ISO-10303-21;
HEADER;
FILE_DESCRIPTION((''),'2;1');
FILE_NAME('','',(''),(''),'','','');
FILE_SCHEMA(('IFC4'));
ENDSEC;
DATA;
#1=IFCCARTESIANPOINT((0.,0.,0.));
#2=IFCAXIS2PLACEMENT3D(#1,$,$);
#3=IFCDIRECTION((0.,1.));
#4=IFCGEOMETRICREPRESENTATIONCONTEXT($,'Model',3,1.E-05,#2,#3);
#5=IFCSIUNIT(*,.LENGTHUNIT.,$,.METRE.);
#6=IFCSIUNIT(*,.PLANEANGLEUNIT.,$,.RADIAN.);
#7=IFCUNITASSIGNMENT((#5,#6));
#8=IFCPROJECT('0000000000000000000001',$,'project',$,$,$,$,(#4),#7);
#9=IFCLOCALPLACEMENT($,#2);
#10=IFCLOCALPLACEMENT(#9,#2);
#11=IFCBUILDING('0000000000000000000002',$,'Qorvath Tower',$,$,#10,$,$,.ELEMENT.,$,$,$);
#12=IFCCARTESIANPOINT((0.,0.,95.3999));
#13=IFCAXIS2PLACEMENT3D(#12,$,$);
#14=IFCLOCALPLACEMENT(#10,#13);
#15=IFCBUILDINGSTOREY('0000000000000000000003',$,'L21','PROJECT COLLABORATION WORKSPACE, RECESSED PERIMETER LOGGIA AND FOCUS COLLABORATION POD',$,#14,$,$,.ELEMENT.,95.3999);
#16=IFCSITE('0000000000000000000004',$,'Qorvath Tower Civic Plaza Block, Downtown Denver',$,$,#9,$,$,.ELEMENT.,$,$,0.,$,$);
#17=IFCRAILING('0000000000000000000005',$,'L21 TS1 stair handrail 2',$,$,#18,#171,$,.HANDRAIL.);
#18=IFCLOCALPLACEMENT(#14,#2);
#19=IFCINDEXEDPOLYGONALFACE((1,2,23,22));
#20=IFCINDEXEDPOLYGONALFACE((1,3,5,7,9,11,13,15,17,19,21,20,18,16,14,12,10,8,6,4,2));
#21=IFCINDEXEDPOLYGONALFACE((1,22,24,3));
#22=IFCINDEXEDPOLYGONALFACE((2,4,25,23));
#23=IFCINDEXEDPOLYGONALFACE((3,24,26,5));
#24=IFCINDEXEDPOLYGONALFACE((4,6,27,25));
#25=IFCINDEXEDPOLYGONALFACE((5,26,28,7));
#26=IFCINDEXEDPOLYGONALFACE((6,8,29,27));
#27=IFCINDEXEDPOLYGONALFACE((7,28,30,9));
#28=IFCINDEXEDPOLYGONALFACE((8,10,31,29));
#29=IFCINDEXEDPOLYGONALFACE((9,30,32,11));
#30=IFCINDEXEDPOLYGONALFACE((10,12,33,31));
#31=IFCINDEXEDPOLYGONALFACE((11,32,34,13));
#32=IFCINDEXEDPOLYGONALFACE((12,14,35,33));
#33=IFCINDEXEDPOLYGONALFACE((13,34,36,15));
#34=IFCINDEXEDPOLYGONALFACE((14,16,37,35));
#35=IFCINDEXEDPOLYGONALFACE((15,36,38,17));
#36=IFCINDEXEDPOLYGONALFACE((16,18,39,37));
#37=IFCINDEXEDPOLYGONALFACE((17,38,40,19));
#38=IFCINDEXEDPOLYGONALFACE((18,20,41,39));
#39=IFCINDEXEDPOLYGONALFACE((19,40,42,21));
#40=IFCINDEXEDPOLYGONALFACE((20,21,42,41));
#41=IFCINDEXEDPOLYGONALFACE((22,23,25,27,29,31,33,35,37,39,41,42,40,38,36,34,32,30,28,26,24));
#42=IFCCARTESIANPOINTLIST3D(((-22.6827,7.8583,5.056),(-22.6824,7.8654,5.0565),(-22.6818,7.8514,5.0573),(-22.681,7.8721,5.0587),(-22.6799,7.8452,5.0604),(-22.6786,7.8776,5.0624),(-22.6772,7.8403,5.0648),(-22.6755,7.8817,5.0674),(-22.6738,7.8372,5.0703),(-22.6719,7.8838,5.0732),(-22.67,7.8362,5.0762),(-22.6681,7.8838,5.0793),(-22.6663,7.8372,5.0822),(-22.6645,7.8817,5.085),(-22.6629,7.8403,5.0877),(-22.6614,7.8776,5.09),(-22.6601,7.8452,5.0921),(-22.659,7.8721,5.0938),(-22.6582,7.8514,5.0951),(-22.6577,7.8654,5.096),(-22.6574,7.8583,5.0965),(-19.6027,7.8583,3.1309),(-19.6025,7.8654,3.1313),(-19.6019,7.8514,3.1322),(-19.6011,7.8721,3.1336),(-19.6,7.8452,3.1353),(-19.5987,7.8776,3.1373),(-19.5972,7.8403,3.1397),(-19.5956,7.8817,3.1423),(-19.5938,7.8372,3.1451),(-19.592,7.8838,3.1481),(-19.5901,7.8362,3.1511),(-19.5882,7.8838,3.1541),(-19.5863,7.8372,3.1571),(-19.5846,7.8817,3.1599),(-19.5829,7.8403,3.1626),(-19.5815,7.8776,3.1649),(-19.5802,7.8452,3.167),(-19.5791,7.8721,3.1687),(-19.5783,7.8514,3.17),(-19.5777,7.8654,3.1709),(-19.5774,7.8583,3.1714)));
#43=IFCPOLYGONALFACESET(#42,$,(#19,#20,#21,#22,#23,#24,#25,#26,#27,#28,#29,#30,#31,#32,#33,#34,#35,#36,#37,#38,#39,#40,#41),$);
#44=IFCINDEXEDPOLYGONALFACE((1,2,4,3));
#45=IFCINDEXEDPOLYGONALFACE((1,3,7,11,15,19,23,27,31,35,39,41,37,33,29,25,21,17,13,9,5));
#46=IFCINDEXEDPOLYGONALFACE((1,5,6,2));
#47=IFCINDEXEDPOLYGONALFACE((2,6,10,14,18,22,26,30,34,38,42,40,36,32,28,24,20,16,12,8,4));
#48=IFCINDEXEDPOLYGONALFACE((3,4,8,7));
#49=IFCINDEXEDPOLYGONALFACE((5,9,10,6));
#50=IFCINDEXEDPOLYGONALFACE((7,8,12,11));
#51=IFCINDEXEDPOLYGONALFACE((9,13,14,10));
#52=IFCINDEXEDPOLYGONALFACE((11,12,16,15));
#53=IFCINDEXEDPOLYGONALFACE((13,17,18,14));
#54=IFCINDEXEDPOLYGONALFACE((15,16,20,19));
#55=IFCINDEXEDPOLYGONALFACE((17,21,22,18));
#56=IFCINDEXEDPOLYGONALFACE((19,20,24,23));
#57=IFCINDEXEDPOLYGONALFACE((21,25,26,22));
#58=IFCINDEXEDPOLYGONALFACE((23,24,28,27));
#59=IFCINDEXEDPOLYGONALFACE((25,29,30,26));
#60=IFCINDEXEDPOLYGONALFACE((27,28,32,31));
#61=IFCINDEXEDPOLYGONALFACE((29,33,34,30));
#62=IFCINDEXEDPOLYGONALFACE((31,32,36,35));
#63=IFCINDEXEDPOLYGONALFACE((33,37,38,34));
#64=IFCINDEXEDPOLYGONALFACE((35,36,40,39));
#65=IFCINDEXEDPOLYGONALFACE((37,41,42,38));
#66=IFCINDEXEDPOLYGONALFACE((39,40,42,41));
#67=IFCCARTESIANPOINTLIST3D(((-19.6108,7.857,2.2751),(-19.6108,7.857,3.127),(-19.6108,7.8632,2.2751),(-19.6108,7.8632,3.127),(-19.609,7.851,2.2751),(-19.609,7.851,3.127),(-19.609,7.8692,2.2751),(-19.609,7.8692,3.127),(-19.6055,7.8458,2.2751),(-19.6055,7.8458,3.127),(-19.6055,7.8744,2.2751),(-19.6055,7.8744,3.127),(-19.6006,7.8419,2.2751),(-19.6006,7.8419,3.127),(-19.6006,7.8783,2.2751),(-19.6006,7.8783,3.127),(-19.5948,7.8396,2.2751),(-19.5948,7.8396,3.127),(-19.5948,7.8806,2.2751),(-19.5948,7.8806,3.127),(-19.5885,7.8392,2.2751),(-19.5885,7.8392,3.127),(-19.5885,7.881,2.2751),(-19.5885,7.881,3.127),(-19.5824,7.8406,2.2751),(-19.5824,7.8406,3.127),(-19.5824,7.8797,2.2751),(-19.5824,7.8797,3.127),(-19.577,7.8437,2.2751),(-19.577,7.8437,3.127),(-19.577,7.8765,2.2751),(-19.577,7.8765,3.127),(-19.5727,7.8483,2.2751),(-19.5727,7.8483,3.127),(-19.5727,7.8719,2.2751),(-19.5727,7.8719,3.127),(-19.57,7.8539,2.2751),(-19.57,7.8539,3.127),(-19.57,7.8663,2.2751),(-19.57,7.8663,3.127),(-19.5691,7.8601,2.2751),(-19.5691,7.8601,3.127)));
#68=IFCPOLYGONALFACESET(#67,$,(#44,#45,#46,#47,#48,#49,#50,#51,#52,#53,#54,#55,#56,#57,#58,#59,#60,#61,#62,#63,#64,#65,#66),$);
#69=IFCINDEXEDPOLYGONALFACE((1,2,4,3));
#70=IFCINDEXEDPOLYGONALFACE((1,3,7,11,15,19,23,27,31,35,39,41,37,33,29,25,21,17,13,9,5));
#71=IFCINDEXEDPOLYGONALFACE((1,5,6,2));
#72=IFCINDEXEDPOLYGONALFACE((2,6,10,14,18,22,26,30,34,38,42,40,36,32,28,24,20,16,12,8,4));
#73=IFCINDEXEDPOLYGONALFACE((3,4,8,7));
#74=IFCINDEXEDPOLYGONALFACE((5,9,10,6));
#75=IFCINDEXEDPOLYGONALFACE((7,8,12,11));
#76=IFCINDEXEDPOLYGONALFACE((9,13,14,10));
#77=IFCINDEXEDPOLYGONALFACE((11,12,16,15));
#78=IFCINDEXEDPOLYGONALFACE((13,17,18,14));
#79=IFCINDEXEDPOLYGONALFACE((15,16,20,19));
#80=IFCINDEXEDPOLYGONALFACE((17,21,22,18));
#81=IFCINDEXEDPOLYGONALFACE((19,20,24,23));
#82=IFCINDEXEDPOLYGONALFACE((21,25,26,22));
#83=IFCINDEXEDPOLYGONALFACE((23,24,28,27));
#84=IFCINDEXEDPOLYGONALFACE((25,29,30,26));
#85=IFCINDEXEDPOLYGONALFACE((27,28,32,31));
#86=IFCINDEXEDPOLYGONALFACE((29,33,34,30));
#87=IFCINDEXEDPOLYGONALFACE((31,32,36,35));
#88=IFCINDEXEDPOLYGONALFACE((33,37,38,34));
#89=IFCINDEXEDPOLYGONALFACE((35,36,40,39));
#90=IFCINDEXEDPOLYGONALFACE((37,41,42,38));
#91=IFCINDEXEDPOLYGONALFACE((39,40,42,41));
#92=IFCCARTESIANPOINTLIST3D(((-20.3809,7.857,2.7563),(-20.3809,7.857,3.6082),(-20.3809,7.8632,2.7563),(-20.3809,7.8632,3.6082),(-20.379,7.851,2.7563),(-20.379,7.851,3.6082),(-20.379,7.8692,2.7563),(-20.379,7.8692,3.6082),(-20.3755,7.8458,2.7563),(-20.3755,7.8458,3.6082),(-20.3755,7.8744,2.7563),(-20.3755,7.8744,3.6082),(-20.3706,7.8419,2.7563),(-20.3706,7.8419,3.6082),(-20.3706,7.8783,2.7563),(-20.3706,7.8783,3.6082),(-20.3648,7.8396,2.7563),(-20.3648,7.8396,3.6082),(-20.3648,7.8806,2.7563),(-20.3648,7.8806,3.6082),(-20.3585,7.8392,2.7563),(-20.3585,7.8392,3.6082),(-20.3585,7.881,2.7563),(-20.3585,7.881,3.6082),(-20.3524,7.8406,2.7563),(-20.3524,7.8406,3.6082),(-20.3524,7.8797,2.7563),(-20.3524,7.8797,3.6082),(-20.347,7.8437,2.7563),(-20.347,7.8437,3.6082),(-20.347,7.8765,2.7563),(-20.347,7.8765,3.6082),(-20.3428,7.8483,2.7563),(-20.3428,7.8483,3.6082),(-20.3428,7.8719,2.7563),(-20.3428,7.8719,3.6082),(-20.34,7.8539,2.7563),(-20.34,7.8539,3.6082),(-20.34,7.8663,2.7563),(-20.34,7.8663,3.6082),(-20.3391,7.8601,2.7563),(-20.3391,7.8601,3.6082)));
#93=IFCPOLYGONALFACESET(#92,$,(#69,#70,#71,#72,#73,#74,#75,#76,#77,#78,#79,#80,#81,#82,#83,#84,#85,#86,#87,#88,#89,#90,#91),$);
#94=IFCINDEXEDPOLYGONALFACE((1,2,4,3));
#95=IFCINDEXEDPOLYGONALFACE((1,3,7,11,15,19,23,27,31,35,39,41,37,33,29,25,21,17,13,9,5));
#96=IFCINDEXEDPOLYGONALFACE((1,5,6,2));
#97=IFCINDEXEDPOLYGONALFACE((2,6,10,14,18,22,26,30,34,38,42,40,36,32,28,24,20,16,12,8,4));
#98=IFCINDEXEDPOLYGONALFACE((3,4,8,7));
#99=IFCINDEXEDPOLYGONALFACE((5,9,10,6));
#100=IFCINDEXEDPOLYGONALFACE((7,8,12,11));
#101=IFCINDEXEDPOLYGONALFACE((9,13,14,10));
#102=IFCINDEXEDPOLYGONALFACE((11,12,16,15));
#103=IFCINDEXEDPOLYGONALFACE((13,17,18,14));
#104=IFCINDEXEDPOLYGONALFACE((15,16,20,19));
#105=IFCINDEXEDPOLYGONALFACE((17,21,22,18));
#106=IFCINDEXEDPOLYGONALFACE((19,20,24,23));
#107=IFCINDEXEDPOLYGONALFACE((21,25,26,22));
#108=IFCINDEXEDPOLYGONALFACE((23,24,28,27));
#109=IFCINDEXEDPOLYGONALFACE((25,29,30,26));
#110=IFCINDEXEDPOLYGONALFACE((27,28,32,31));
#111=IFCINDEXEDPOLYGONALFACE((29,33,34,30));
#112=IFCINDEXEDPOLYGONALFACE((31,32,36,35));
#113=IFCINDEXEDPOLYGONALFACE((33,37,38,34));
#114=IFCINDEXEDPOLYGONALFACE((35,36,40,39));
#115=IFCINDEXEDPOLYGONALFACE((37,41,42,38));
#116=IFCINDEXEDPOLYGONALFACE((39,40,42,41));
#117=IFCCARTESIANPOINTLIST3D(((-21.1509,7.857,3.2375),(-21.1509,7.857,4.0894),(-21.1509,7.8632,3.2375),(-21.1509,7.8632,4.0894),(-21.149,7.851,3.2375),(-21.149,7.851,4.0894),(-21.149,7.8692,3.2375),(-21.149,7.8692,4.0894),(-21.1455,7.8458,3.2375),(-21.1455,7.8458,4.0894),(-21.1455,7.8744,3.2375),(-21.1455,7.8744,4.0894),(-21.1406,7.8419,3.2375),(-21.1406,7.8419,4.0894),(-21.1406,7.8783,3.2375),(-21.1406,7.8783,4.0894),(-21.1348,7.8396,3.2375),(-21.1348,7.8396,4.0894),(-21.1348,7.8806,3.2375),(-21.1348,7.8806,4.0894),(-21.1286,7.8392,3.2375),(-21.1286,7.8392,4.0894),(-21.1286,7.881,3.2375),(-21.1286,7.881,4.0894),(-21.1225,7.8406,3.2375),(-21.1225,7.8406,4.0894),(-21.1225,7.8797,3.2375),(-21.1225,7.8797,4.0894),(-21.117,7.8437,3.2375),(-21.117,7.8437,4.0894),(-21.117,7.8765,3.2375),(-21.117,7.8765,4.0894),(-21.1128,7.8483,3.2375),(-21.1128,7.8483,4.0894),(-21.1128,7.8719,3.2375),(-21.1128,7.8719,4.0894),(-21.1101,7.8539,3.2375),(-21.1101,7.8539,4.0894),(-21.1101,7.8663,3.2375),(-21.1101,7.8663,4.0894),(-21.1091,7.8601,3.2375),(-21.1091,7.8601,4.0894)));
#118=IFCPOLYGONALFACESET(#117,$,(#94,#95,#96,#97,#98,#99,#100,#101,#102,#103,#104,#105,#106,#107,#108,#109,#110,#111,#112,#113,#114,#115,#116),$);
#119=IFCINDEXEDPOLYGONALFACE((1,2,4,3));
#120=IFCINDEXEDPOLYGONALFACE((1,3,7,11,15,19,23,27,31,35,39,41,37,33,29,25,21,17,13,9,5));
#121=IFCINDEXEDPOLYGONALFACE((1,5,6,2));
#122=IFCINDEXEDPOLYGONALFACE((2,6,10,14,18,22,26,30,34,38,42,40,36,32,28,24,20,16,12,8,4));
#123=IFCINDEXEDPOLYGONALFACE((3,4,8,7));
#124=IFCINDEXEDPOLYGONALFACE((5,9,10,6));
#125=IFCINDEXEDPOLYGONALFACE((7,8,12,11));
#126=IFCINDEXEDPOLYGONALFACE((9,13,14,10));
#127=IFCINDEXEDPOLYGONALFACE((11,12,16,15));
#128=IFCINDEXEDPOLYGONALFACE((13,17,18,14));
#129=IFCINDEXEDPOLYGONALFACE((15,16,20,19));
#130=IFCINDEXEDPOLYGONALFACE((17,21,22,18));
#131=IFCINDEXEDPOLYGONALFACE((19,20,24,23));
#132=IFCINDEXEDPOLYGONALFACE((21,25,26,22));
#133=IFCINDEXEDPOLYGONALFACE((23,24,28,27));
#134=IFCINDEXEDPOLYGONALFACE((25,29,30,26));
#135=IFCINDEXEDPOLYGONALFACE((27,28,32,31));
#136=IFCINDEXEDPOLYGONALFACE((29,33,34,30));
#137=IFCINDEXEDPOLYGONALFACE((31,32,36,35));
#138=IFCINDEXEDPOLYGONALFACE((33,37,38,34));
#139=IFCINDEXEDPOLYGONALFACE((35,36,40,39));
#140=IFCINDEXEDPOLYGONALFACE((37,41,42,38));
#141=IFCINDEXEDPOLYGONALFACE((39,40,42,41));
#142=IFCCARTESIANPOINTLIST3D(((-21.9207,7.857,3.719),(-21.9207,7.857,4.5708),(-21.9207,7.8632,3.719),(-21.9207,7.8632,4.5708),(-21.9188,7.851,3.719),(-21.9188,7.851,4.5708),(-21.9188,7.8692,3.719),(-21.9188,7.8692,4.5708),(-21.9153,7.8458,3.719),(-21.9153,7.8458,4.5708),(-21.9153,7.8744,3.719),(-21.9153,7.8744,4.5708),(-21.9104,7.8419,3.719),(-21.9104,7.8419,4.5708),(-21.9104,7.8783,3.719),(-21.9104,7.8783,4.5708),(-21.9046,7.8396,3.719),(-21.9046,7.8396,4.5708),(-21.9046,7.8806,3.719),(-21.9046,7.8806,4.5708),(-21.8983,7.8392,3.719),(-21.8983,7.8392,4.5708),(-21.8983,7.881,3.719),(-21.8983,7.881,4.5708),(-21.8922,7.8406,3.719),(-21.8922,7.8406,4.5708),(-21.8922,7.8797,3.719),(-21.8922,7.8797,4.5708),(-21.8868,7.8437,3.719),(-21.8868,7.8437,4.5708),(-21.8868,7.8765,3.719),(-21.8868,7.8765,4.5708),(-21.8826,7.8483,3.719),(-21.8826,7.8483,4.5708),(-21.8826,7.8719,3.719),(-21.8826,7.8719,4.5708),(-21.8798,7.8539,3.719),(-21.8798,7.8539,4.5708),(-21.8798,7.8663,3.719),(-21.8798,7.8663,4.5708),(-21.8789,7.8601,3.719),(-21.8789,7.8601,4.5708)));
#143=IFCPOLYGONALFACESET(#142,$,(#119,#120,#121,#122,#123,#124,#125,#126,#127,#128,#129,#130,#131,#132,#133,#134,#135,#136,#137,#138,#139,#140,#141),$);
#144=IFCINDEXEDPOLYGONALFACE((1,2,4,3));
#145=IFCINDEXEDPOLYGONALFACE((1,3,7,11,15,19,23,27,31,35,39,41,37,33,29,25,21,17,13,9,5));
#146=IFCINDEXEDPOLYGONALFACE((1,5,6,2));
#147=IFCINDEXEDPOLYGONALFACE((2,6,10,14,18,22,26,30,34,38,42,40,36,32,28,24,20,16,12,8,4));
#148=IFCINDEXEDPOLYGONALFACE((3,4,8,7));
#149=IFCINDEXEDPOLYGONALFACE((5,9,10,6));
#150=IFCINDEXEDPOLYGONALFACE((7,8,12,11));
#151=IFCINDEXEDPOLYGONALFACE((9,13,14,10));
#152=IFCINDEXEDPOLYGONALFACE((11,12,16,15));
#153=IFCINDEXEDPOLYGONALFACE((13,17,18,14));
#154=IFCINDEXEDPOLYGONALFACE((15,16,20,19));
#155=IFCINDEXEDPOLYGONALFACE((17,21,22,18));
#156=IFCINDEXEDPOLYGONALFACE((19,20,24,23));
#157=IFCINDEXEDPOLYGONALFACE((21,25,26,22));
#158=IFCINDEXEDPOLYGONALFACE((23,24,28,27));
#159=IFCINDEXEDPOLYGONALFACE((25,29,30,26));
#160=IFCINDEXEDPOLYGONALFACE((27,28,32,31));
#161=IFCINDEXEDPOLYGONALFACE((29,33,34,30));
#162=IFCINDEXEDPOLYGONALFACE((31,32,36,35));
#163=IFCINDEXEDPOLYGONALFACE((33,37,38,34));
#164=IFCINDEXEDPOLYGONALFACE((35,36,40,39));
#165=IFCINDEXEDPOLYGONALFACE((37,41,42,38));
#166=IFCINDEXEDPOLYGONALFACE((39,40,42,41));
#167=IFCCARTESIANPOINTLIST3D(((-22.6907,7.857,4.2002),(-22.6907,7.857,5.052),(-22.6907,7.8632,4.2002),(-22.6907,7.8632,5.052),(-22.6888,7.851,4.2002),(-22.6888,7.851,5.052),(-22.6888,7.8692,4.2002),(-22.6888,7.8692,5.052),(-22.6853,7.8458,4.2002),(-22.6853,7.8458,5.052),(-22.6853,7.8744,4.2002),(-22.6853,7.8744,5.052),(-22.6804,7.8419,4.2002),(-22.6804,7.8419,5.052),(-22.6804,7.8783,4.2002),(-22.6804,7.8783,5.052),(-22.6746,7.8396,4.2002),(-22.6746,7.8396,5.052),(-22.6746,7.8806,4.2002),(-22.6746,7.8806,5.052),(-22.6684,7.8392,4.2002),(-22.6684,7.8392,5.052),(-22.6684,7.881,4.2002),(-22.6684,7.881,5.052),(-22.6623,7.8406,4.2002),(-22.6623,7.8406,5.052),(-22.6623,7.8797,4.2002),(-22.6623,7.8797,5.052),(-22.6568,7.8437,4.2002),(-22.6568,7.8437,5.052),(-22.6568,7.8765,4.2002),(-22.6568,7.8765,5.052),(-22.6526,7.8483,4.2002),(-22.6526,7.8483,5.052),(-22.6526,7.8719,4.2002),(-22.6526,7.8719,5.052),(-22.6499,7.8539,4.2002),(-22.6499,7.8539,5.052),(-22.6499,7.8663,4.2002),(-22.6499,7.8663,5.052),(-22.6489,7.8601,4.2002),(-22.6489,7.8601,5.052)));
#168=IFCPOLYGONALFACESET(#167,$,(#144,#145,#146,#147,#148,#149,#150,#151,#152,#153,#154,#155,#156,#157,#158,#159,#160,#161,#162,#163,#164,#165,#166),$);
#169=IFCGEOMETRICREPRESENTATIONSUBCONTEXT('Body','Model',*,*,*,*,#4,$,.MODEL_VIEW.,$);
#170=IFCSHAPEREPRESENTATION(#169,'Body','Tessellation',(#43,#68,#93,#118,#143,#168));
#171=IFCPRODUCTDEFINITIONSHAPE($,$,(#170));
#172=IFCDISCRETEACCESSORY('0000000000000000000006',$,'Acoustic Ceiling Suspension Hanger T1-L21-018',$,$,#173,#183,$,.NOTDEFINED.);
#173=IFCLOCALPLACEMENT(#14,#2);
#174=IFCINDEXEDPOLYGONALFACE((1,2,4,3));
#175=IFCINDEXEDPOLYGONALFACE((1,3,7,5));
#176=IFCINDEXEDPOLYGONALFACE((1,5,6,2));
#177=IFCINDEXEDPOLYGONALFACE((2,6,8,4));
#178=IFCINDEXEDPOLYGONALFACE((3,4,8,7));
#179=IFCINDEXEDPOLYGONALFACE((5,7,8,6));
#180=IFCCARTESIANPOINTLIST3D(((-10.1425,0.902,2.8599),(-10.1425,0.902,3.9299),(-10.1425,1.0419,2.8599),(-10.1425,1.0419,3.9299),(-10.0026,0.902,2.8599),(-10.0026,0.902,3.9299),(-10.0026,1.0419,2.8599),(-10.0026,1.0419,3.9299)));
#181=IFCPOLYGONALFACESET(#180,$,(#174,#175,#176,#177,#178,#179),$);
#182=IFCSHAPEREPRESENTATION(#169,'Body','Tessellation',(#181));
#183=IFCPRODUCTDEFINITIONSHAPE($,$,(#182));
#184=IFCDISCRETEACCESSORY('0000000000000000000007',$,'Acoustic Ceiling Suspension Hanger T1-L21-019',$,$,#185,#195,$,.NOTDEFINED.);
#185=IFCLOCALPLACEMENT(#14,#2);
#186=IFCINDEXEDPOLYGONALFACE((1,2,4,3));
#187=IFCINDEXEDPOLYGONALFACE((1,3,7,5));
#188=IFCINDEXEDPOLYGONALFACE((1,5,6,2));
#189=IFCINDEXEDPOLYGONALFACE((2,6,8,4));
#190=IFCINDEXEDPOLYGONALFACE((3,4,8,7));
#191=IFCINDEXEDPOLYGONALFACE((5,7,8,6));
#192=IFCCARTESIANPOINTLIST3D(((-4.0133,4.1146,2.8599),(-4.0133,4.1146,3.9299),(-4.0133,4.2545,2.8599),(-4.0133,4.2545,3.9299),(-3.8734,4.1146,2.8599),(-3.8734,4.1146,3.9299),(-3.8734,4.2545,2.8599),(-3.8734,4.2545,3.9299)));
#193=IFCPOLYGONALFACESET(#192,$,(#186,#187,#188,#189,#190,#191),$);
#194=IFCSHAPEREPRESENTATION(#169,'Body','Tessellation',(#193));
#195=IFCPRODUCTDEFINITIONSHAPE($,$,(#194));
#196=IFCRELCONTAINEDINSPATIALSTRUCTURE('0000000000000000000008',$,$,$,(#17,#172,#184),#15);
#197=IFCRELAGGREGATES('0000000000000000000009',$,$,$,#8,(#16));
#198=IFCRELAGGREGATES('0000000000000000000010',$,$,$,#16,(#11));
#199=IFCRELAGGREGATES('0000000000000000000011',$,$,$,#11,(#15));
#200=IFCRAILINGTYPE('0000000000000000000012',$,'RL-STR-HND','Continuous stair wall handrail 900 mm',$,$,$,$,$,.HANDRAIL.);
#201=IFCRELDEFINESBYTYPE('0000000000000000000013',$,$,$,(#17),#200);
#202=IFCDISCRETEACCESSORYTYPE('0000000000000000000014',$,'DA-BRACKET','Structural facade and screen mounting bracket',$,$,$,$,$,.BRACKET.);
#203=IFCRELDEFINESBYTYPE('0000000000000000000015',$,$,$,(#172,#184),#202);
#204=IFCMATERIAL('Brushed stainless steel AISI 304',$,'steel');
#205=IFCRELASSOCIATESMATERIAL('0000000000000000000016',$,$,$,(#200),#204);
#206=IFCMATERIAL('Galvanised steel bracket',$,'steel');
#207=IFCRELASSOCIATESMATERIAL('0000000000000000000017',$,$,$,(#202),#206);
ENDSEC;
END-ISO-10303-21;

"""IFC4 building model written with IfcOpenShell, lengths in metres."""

from ifc_helpers import new_model, si_unit, direction, frame, origin, origin_2d, place, context, subcontext, project, spatial, rectangle, circle, extrude, material, type_object, element, save


model = new_model("IFC4")

# Units and contexts
model_context = context("Model", 3, precision=1e-05, world=origin(), true_north=direction((0.0, 1.0)))
body_context = subcontext(model_context, "Body", "Model", "MODEL_VIEW")
ifc_project = project(units=[si_unit("LENGTHUNIT", "METRE"), si_unit("PLANEANGLEUNIT", "RADIAN")], contexts=[model_context])

# Site, building, storey
site_placement = place(None, origin())
site = spatial("IfcSite", under=ifc_project, at=site_placement, Name="Qorvath Tower Civic Plaza Block, Downtown Denver", CompositionType="ELEMENT", RefElevation=0.0)
building_placement = place(site_placement, origin())
building = spatial("IfcBuilding", under=site, at=building_placement, Name="Qorvath Tower", CompositionType="ELEMENT")
storey_placement = place(building_placement, frame((0.0, 0.0, 95.3999)))
storey = spatial("IfcBuildingStorey", under=building, at=storey_placement, Name="L21", Description="PROJECT COLLABORATION WORKSPACE, RECESSED PERIMETER LOGGIA AND FOCUS COLLABORATION POD", CompositionType="ELEMENT", Elevation=95.3999)

# Railing
ifc_material_1 = material(Name="Brushed stainless steel AISI 304", Category="steel")
railing_type_1 = type_object("IfcRailingType", Name="RL-STR-HND", Description="Continuous stair wall handrail 900 mm", PredefinedType="HANDRAIL", material=ifc_material_1)
railing_1_placement = place(storey_placement, frame((-19.5901, 7.8601, 2.2751)))
element("IfcRailing", 1, at=railing_1_placement, inside=storey, type_object=railing_type_1, Name="L21 TS1 stair handrail 2", PredefinedType="HANDRAIL", context=body_context, shape_type="SweptSolid", body=[
    extrude(circle(Radius=0.0239, at=origin_2d()), frame((0.0, 0.0, 0.876), z_axis=(-0.847979, 0.0, 0.530029), x_axis=(0.0, -1.0, 0.0)), (0.0, 0.0, 1.0), 3.6321),
    extrude(circle(Radius=0.021, at=origin_2d()), origin(), (0.0, 0.0, 1.0), 0.8518),
    extrude(circle(Radius=0.021, at=origin_2d()), frame((-0.77, 0.0, 0.4812)), (0.0, 0.0, 1.0), 0.8518),
    extrude(circle(Radius=0.021, at=origin_2d()), frame((-1.54, 0.0, 0.9624)), (0.0, 0.0, 1.0), 0.8518),
    extrude(circle(Radius=0.021, at=origin_2d()), frame((-2.3098, 0.0, 1.4438)), (0.0, 0.0, 1.0), 0.8518),
    extrude(circle(Radius=0.021, at=origin_2d()), frame((-3.0798, 0.0, 1.925)), (0.0, 0.0, 1.0), 0.8518),
])

# Discrete accessories
ifc_material_2 = material(Name="Galvanised steel bracket", Category="steel")
discrete_accessory_type = type_object("IfcDiscreteAccessoryType", Name="DA-BRACKET", Description="Structural facade and screen mounting bracket", PredefinedType="BRACKET", material=ifc_material_2)
for number, where, z_axis, x_axis, name in (
    (2, (-10.0725, 0.9719, 2.8599), (0.0, 0.0, 1.0), (1.0, 0.0, 0.0), "Acoustic Ceiling Suspension Hanger T1-L21-018"),
    (3, (-3.9434, 4.1846, 2.8599), (0.0, 0.0, 1.0), (1.0, 0.0, 0.0), "Acoustic Ceiling Suspension Hanger T1-L21-019"),
):
    element("IfcDiscreteAccessory", number, at=place(storey_placement, frame(where, z_axis=z_axis, x_axis=x_axis)), inside=storey, type_object=discrete_accessory_type, Name=name, PredefinedType="NOTDEFINED", context=body_context, shape_type="SweptSolid", body=[
        extrude(rectangle(XDim=0.1399, YDim=0.1399, at=origin_2d()), origin(), (0.0, 0.0, 1.0), 1.0701),
    ])

save(model, "model.ifc")
